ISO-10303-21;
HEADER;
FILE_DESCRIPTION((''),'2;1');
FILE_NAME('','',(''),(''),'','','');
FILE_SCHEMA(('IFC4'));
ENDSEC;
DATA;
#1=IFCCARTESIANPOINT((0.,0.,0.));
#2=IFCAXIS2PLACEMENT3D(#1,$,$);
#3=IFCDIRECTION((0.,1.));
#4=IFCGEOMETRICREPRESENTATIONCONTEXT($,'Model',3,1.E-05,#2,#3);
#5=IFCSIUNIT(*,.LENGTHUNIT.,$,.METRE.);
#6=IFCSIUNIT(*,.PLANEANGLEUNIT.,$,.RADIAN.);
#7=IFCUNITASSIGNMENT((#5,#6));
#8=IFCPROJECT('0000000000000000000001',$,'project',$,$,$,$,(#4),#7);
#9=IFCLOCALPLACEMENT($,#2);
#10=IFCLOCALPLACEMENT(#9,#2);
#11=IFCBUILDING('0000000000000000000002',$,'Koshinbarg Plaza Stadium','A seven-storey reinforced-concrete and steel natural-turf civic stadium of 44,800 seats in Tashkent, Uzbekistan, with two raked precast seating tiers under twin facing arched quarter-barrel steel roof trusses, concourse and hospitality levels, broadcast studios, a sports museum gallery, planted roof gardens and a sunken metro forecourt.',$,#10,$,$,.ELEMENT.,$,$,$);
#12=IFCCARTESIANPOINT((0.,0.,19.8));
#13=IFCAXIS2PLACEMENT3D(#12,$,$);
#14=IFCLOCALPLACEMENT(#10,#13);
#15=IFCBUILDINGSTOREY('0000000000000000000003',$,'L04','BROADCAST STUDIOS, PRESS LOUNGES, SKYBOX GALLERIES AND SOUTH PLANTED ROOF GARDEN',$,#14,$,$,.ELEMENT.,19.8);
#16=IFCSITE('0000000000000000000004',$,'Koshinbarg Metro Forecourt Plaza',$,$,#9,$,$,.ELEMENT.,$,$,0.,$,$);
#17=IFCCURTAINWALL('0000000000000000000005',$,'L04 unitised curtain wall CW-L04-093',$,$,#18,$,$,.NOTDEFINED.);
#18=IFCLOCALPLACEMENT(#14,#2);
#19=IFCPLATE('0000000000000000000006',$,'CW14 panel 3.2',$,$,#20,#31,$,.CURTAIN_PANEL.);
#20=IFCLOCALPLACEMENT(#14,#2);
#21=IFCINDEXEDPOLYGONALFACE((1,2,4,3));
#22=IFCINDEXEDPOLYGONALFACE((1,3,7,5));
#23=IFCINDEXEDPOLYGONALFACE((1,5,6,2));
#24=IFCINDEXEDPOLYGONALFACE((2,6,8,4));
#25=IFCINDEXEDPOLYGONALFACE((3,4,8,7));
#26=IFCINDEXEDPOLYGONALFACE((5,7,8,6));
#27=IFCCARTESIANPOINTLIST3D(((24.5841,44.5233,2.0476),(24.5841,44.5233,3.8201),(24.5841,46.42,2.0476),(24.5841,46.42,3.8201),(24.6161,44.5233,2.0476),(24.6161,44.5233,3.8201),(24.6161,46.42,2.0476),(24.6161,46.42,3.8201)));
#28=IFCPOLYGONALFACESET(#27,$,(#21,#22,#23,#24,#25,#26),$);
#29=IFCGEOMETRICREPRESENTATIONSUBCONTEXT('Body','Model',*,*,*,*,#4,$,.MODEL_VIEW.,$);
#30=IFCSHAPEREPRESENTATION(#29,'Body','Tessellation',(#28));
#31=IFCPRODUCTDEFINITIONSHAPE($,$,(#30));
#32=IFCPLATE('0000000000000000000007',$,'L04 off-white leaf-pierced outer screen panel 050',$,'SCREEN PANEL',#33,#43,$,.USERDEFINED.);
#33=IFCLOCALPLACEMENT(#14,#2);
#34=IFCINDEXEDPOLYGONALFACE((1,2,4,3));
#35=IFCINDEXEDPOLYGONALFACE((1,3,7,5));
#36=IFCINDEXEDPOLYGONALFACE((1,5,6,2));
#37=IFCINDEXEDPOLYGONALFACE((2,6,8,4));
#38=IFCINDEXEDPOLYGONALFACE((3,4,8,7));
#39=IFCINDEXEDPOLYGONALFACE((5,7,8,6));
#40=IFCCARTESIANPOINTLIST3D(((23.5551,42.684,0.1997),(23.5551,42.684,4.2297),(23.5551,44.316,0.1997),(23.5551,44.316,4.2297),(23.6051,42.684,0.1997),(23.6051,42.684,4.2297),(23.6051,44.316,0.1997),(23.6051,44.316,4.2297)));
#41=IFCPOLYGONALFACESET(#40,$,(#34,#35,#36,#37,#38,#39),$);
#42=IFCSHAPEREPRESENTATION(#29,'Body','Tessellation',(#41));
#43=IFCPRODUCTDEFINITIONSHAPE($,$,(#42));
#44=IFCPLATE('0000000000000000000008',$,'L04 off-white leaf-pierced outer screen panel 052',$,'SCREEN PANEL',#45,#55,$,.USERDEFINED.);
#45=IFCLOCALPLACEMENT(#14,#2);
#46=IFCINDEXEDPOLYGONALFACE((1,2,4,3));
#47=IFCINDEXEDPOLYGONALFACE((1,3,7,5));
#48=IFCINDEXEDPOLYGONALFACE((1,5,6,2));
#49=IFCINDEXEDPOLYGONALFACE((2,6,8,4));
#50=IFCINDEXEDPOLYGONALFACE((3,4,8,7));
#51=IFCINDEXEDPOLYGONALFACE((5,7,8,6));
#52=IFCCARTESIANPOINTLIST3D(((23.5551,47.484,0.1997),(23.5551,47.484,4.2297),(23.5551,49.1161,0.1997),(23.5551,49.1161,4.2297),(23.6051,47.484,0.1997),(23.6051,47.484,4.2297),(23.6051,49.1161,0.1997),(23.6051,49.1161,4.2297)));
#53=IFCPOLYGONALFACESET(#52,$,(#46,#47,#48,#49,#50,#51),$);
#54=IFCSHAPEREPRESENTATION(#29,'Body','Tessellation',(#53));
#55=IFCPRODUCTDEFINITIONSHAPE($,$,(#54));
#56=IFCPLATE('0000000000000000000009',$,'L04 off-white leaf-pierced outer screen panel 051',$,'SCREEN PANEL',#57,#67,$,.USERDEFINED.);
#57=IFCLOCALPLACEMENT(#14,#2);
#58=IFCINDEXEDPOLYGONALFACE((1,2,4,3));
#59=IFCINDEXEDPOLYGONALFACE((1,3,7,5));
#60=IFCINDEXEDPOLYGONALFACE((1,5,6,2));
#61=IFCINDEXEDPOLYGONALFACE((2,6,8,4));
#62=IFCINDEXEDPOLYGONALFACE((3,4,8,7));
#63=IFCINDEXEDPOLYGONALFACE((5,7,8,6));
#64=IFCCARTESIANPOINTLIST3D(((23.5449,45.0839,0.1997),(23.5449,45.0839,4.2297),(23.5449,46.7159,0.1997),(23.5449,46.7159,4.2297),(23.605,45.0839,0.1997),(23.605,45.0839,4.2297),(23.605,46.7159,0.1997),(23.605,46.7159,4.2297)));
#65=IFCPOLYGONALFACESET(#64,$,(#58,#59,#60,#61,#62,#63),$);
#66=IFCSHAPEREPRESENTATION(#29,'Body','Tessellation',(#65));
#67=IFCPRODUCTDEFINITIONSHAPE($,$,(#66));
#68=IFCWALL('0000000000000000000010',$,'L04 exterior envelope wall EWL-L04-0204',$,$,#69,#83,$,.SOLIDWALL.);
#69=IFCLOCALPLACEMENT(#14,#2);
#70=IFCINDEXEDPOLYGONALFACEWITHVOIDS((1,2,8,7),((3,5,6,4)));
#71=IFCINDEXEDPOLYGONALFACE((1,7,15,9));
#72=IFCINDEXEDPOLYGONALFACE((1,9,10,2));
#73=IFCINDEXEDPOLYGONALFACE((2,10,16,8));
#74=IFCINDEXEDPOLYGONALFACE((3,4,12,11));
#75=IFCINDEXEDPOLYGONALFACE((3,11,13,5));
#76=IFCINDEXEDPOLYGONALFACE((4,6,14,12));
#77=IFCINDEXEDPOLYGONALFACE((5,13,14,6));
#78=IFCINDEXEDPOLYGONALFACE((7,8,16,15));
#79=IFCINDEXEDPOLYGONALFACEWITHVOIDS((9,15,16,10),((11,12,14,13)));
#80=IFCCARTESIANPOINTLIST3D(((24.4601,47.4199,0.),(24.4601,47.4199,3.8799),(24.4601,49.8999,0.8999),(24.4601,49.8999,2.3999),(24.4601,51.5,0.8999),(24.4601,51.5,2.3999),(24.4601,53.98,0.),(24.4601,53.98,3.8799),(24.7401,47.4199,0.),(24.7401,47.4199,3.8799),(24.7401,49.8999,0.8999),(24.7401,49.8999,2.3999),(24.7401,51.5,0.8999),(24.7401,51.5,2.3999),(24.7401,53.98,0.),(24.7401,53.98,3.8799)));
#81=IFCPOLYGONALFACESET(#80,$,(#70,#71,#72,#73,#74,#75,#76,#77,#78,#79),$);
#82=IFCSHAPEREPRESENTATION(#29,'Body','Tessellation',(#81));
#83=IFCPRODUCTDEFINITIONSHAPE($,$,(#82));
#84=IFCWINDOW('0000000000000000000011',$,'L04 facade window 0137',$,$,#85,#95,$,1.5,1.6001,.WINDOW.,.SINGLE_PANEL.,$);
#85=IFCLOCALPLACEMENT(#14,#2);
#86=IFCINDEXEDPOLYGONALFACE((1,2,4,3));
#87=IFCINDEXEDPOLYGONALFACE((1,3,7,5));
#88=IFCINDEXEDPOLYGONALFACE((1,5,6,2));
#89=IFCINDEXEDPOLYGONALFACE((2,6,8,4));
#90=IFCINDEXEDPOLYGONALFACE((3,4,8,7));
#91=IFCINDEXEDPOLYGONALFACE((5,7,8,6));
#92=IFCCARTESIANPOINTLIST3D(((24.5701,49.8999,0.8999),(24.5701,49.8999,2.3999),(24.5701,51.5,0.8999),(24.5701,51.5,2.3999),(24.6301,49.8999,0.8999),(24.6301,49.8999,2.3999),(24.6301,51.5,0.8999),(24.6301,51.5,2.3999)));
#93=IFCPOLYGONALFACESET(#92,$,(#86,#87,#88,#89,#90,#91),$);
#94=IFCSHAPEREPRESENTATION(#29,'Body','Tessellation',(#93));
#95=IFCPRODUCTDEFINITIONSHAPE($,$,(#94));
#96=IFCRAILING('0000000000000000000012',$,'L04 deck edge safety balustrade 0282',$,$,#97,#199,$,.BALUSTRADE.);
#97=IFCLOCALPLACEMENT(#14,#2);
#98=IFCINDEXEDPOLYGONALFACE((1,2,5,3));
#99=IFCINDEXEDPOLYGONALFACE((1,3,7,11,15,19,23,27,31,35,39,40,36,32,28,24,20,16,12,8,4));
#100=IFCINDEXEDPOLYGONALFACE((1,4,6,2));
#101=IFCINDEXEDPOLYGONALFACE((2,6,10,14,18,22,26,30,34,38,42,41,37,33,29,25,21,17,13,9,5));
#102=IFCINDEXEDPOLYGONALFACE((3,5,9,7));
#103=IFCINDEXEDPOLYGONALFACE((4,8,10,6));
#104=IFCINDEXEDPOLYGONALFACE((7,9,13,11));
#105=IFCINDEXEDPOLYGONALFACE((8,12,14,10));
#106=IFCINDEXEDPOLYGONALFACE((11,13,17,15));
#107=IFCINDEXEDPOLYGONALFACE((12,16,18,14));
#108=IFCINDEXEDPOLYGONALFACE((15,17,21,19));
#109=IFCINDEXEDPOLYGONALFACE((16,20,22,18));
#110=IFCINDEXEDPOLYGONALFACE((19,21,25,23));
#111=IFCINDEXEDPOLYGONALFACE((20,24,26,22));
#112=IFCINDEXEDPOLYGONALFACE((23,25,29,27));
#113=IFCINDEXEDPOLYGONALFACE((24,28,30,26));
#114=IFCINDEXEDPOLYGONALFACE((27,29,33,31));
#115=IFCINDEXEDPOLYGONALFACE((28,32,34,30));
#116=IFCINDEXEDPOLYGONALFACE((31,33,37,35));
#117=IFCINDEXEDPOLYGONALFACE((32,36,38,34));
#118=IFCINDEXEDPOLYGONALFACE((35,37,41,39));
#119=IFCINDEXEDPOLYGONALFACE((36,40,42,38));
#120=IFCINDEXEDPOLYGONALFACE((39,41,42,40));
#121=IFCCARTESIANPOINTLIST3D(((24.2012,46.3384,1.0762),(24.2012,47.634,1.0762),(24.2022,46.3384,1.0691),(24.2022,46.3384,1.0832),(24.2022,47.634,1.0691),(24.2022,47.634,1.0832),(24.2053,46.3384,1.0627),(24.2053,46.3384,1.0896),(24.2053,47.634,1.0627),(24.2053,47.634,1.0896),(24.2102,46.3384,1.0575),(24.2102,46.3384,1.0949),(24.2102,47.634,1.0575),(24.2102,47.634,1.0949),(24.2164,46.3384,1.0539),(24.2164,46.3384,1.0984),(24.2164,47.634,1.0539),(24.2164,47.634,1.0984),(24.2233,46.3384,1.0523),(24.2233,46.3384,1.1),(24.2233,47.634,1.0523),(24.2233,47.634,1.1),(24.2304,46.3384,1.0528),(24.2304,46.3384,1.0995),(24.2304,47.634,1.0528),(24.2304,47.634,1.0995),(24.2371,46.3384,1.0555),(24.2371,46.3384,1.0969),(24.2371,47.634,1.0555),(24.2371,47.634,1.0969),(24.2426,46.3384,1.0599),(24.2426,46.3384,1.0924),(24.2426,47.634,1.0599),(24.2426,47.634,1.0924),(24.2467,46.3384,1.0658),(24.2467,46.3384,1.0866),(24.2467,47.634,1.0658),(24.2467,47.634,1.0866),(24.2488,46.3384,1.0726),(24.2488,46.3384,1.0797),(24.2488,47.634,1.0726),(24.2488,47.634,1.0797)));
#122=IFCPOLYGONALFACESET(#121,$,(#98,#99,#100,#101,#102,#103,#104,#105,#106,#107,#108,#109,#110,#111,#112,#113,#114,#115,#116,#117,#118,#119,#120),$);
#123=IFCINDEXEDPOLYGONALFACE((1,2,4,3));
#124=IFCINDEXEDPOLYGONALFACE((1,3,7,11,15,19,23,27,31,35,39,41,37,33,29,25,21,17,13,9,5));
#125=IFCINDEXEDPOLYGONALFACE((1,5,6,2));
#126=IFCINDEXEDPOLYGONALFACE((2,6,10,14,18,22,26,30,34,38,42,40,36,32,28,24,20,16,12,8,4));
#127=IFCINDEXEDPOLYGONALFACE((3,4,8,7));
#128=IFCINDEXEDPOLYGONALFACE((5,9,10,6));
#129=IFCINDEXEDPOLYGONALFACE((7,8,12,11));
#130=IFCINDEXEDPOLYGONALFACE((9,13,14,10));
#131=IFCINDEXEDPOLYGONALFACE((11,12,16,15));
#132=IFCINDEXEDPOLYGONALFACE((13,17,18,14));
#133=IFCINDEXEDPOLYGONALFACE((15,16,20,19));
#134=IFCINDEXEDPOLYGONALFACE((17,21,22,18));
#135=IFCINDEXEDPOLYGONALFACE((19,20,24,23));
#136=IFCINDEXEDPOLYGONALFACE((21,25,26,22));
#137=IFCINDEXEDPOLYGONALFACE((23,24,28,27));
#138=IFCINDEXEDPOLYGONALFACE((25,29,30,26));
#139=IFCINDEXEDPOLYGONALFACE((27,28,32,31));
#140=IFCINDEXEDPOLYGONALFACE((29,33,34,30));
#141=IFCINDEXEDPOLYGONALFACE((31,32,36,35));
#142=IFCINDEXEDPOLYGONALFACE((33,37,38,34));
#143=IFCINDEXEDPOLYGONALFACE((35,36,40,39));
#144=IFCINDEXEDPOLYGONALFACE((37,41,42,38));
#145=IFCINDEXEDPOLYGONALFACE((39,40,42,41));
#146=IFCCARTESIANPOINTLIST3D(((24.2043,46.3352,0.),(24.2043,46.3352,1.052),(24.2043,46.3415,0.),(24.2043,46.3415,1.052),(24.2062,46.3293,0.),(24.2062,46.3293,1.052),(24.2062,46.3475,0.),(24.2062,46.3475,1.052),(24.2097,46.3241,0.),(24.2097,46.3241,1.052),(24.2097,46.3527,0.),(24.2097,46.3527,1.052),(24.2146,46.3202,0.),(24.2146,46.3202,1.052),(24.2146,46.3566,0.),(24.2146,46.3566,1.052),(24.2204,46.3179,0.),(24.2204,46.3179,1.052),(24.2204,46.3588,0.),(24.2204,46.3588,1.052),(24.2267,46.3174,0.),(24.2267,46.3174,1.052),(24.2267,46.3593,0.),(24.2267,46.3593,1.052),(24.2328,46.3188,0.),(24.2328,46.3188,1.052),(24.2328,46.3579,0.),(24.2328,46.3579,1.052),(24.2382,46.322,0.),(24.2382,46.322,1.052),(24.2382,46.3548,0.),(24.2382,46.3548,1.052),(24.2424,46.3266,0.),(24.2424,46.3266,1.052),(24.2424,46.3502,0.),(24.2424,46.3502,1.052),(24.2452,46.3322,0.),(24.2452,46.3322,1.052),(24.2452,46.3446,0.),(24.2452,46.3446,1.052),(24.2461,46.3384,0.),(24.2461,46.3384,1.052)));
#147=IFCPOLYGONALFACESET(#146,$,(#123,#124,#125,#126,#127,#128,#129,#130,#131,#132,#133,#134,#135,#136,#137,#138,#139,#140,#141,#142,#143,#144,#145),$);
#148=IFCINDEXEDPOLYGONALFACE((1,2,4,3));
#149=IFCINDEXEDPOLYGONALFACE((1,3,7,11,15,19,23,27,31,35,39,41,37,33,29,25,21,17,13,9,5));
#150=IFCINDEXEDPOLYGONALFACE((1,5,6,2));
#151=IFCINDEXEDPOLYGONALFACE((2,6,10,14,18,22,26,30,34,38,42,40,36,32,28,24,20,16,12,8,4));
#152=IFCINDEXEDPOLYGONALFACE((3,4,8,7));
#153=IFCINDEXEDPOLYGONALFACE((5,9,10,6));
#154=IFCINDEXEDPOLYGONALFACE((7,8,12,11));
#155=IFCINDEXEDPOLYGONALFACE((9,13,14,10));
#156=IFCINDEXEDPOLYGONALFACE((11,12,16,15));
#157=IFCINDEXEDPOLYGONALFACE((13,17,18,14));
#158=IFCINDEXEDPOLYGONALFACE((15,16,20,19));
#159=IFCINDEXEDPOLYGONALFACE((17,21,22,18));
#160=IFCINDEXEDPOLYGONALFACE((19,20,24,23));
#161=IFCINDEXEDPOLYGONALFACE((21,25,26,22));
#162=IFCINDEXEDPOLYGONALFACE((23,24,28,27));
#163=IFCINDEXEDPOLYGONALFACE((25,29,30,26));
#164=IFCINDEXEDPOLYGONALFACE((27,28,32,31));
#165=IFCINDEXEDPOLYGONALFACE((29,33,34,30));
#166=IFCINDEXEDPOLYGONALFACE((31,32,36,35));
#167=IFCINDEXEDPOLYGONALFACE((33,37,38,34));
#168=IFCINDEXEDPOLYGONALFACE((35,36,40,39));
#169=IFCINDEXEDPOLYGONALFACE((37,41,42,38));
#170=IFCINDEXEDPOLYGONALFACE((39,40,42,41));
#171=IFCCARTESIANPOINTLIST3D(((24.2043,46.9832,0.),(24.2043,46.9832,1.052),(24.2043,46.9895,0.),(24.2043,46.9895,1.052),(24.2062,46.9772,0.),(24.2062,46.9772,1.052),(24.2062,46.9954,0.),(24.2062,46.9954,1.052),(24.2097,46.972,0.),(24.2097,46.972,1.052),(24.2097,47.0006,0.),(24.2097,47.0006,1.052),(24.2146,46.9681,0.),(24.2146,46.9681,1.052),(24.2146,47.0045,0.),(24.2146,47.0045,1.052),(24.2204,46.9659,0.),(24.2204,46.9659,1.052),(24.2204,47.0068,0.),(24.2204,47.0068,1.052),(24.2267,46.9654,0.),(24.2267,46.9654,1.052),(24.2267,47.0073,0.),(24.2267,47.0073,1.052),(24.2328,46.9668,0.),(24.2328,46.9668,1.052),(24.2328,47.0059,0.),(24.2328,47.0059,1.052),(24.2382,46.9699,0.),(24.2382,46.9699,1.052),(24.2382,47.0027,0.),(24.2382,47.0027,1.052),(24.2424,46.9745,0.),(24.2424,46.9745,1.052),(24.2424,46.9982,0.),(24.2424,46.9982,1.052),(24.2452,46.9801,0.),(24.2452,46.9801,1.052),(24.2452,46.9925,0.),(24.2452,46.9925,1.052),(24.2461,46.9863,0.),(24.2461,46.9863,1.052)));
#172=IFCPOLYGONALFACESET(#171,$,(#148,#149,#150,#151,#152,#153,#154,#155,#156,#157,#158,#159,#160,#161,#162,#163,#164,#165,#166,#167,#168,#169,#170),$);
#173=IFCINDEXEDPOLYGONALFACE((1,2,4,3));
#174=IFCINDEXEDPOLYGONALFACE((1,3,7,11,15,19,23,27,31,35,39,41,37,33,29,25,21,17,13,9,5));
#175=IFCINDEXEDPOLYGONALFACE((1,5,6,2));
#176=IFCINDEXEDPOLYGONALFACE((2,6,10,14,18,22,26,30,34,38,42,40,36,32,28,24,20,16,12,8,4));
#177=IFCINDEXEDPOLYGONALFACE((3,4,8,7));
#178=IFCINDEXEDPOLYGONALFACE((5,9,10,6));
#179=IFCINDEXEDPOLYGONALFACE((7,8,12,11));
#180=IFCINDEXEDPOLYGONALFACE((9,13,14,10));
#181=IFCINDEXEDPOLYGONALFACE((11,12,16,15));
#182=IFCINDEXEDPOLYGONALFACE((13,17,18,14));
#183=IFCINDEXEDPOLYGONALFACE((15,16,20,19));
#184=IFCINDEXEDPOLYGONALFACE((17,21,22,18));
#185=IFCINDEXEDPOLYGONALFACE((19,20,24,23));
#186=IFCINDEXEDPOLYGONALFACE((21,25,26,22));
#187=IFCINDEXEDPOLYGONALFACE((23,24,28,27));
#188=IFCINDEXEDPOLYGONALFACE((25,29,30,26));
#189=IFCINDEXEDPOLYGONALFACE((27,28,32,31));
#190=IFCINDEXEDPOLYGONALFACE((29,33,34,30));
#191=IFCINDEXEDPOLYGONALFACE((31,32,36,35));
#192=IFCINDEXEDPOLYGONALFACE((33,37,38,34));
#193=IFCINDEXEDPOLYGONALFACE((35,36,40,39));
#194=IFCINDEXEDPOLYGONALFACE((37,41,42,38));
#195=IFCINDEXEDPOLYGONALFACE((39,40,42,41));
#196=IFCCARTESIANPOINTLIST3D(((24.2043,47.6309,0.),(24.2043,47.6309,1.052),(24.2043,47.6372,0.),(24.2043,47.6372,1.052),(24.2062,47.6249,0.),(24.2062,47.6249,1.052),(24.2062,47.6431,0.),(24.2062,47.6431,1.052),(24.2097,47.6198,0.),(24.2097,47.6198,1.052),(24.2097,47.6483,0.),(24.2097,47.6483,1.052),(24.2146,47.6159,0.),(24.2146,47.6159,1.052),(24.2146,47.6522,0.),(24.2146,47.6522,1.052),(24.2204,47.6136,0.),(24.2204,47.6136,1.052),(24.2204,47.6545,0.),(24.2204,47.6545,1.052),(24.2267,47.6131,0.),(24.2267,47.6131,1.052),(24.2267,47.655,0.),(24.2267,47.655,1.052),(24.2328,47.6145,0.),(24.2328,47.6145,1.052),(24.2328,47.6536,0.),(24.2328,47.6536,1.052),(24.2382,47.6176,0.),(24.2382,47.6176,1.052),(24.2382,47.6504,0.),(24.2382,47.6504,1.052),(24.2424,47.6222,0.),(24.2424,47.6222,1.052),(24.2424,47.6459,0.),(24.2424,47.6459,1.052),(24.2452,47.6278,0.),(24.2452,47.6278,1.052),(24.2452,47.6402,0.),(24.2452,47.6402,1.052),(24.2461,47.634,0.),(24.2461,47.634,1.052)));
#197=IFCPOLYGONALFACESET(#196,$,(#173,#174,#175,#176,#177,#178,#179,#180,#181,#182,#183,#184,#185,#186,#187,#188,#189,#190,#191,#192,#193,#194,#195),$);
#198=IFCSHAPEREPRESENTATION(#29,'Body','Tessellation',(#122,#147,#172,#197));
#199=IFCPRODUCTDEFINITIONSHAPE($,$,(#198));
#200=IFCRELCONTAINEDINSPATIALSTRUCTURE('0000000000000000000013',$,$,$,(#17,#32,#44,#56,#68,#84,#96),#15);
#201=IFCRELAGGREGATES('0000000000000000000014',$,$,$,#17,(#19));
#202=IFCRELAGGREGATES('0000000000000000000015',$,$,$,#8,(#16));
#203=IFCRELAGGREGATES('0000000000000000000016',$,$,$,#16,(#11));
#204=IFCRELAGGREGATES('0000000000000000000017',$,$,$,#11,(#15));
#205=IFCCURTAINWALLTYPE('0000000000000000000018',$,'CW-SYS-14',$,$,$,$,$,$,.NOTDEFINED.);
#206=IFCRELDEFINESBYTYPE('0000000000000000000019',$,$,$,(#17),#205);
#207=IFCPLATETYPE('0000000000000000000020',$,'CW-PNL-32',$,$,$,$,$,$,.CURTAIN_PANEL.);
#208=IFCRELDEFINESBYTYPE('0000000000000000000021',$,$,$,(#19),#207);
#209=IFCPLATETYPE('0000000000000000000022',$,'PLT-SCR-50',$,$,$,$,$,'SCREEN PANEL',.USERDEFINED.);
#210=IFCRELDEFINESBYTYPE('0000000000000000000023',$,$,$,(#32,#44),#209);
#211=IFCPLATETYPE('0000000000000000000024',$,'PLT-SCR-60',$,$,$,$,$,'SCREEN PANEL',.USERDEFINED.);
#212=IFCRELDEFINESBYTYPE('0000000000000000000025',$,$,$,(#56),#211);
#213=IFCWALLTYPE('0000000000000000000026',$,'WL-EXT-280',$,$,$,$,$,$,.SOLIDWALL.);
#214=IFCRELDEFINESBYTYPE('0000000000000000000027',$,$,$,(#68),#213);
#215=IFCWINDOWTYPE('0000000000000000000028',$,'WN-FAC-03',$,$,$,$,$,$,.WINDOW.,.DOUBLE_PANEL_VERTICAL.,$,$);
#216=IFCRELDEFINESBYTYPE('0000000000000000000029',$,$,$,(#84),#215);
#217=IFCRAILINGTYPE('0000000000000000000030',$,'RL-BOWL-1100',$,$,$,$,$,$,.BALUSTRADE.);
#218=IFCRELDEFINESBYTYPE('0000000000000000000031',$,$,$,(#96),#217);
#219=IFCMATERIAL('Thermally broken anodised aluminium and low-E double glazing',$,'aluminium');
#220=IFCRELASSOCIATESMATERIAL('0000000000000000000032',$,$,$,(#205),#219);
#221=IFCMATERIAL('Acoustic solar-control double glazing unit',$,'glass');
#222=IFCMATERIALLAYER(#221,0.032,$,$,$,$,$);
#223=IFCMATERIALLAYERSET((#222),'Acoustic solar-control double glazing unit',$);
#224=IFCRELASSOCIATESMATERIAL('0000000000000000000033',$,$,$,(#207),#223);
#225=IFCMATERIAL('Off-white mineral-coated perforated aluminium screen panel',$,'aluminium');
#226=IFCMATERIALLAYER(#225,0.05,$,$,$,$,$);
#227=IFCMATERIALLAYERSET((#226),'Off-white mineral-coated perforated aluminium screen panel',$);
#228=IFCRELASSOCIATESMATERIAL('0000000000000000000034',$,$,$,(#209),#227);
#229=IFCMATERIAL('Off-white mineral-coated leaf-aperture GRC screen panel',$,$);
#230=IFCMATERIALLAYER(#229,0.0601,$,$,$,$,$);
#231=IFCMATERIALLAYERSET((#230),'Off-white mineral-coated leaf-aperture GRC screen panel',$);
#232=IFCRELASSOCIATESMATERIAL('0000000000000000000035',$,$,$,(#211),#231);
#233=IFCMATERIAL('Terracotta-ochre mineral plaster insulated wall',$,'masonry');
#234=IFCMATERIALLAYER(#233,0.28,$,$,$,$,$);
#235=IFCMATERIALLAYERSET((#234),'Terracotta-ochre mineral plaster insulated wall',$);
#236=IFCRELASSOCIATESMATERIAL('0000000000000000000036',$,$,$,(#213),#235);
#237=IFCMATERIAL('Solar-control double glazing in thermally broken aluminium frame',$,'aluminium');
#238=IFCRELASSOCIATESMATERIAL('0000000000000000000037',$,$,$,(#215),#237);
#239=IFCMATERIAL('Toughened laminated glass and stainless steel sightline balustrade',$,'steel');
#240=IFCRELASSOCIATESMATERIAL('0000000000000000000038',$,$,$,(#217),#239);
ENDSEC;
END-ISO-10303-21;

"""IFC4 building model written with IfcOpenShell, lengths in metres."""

from ifc_helpers import new_model, si_unit, direction, frame, frame_2d, origin, origin_2d, place, context, subcontext, project, spatial, rectangle, circle, extrude, material, layer, layer_set, type_object, element, fill, aggregate, save


model = new_model("IFC4")

# Units and contexts
model_context = context("Model", 3, precision=1e-05, world=origin(), true_north=direction((0.0, 1.0)))
body_context = subcontext(model_context, "Body", "Model", "MODEL_VIEW")
ifc_project = project(units=[si_unit("LENGTHUNIT", "METRE"), si_unit("PLANEANGLEUNIT", "RADIAN")], contexts=[model_context])

# Site, building, storey
site_placement = place(None, origin())
site = spatial("IfcSite", under=ifc_project, at=site_placement, Name="Koshinbarg Metro Forecourt Plaza", CompositionType="ELEMENT", RefElevation=0.0)
building_placement = place(site_placement, origin())
building = spatial("IfcBuilding", under=site, at=building_placement, Name="Koshinbarg Plaza Stadium", Description="A seven-storey reinforced-concrete and steel natural-turf civic stadium of 44,800 seats in Tashkent, Uzbekistan, with two raked precast seating tiers under twin facing arched quarter-barrel steel roof trusses, concourse and hospitality levels, broadcast studios, a sports museum gallery, planted roof gardens and a sunken metro forecourt.", CompositionType="ELEMENT")
storey_placement = place(building_placement, frame((0.0, 0.0, 19.8)))
storey = spatial("IfcBuildingStorey", under=building, at=storey_placement, Name="L04", Description="BROADCAST STUDIOS, PRESS LOUNGES, SKYBOX GALLERIES AND SOUTH PLANTED ROOF GARDEN", CompositionType="ELEMENT", Elevation=19.8)

# Curtain wall, plate
ifc_material_1 = material(Name="Thermally broken anodised aluminium and low-E double glazing", Category="aluminium")
curtain_wall_type = type_object("IfcCurtainWallType", Name="CW-SYS-14", PredefinedType="NOTDEFINED", material=ifc_material_1)
curtain_wall_placement = place(storey_placement, origin())
curtain_wall = element("IfcCurtainWall", 1, at=curtain_wall_placement, inside=storey, type_object=curtain_wall_type, Name="L04 unitised curtain wall CW-L04-093", PredefinedType="NOTDEFINED")
ifc_material_2 = material(Name="Acoustic solar-control double glazing unit", Category="glass")
ifc_layer_1 = layer(ifc_material_2, 0.032)
ifc_layer_set_1 = layer_set([ifc_layer_1], Name="Acoustic solar-control double glazing unit")
plate_type_1 = type_object("IfcPlateType", Name="CW-PNL-32", PredefinedType="CURTAIN_PANEL", material=ifc_layer_set_1)
plate_1_placement = place(storey_placement, frame((24.6001, 45.4717, 2.0476), z_axis=(0.0, 0.0, 1.0), x_axis=(0.0, 1.0, 0.0)))
plate_1 = element("IfcPlate", 2, at=plate_1_placement, type_object=plate_type_1, Name="CW14 panel 3.2", PredefinedType="CURTAIN_PANEL", context=body_context, shape_type="SweptSolid", body=[
    extrude(rectangle(XDim=1.8967, YDim=0.032, at=origin_2d()), origin(), (0.0, 0.0, 1.0), 1.7725),
])
aggregate(curtain_wall, [plate_1])

# Plates
ifc_material_3 = material(Name="Off-white mineral-coated perforated aluminium screen panel", Category="aluminium")
ifc_layer_2 = layer(ifc_material_3, 0.05)
ifc_layer_set_2 = layer_set([ifc_layer_2], Name="Off-white mineral-coated perforated aluminium screen panel")
plate_type_2 = type_object("IfcPlateType", Name="PLT-SCR-50", ElementType="SCREEN PANEL", PredefinedType="USERDEFINED", material=ifc_layer_set_2)
for number, where, z_axis, x_axis, name in (
    (3, (23.5801, 43.5, 0.1997), (0.0, 0.0, 1.0), (1.0, 0.0, 0.0), "L04 off-white leaf-pierced outer screen panel 050"),
    (4, (23.5801, 48.3, 0.1997), (0.0, 0.0, 1.0), (1.0, 0.0, 0.0), "L04 off-white leaf-pierced outer screen panel 052"),
):
    element("IfcPlate", number, at=place(storey_placement, frame(where, z_axis=z_axis, x_axis=x_axis)), inside=storey, type_object=plate_type_2, Name=name, ObjectType="SCREEN PANEL", PredefinedType="USERDEFINED", context=body_context, shape_type="SweptSolid", body=[
        extrude(rectangle(XDim=0.05, YDim=1.6321, at=origin_2d()), origin(), (0.0, 0.0, 1.0), 4.03),
    ])
ifc_material_4 = material(Name="Off-white mineral-coated leaf-aperture GRC screen panel")
ifc_layer_3 = layer(ifc_material_4, 0.0601)
ifc_layer_set_3 = layer_set([ifc_layer_3], Name="Off-white mineral-coated leaf-aperture GRC screen panel")
plate_type_3 = type_object("IfcPlateType", Name="PLT-SCR-60", ElementType="SCREEN PANEL", PredefinedType="USERDEFINED", material=ifc_layer_set_3)
plate_2_placement = place(storey_placement, frame((23.575, 45.8999, 0.1997), z_axis=(0.0, 0.0, 1.0), x_axis=(1.0, 0.0, 0.0)))
element("IfcPlate", 5, at=plate_2_placement, inside=storey, type_object=plate_type_3, Name="L04 off-white leaf-pierced outer screen panel 051", ObjectType="SCREEN PANEL", PredefinedType="USERDEFINED", context=body_context, shape_type="SweptSolid", body=[
    extrude(rectangle(XDim=0.0601, YDim=1.6321, at=origin_2d()), origin(), (0.0, 0.0, 1.0), 4.03),
])

# Wall, opening, window
ifc_material_5 = material(Name="Terracotta-ochre mineral plaster insulated wall", Category="masonry")
ifc_layer_4 = layer(ifc_material_5, 0.28)
ifc_layer_set_4 = layer_set([ifc_layer_4], Name="Terracotta-ochre mineral plaster insulated wall")
wall_type = type_object("IfcWallType", Name="WL-EXT-280", PredefinedType="SOLIDWALL", material=ifc_layer_set_4)
wall_placement = place(storey_placement, frame((24.6001, 47.4199, 0.0), z_axis=(0.0, 0.0, 1.0), x_axis=(0.0, 1.0, 0.0)))
wall = element("IfcWall", 6, at=wall_placement, inside=storey, type_object=wall_type, Name="L04 exterior envelope wall EWL-L04-0204", PredefinedType="SOLIDWALL", context=body_context, shape_type="SweptSolid", body=[
    extrude(rectangle(XDim=6.5601, YDim=0.28, at=frame_2d((3.28, 0.0))), origin(), (0.0, 0.0, 1.0), 3.8799),
])
opening_placement = place(wall_placement, frame((2.48, 0.0, 0.8999)))
opening = element("IfcOpeningElement", 7, at=opening_placement, cuts=wall, PredefinedType="OPENING", context=body_context, shape_type="SweptSolid", body=[
    extrude(rectangle(XDim=1.6001, YDim=1.5, at=frame_2d((0.8, 0.75))), frame((0.0, 0.1499, 0.0), z_axis=(0.0, -1.0, 0.0), x_axis=(1.0, 0.0, 0.0)), (0.0, 0.0, 1.0), 0.3),
])
ifc_material_6 = material(Name="Solar-control double glazing in thermally broken aluminium frame", Category="aluminium")
window_type = type_object("IfcWindowType", Name="WN-FAC-03", PartitioningType="DOUBLE_PANEL_VERTICAL", PredefinedType="WINDOW", material=ifc_material_6)
window_placement = place(opening_placement, origin())
window = element("IfcWindow", 8, at=window_placement, inside=storey, type_object=window_type, Name="L04 facade window 0137", OverallHeight=1.5, OverallWidth=1.6001, PartitioningType="SINGLE_PANEL", PredefinedType="WINDOW", context=body_context, shape_type="SweptSolid", body=[
    extrude(rectangle(XDim=1.6001, YDim=1.5, at=frame_2d((0.8, 0.75))), frame((0.0, 0.03, 0.0), z_axis=(0.0, -1.0, 0.0), x_axis=(1.0, 0.0, 0.0)), (0.0, 0.0, 1.0), 0.0601),
])
fill(opening, window)

# Railing
ifc_material_7 = material(Name="Toughened laminated glass and stainless steel sightline balustrade", Category="steel")
railing_type = type_object("IfcRailingType", Name="RL-BOWL-1100", PredefinedType="BALUSTRADE", material=ifc_material_7)
railing_placement = place(storey_placement, frame((24.2251, 46.3384, 0.0)))
element("IfcRailing", 9, at=railing_placement, inside=storey, type_object=railing_type, Name="L04 deck edge safety balustrade 0282", PredefinedType="BALUSTRADE", context=body_context, shape_type="SweptSolid", body=[
    extrude(circle(Radius=0.0239, at=origin_2d()), frame((0.0, 0.0, 1.0762), z_axis=(0.0, 1.0, 0.0), x_axis=(-1.0, 0.0, 0.0)), (0.0, 0.0, 1.0), 1.2957),
    extrude(circle(Radius=0.021, at=origin_2d()), origin(), (0.0, 0.0, 1.0), 1.052),
    extrude(circle(Radius=0.021, at=origin_2d()), frame((0.0, 0.6479, 0.0)), (0.0, 0.0, 1.0), 1.052),
    extrude(circle(Radius=0.021, at=origin_2d()), frame((0.0, 1.2957, 0.0)), (0.0, 0.0, 1.0), 1.052),
])

save(model, "model.ifc")
